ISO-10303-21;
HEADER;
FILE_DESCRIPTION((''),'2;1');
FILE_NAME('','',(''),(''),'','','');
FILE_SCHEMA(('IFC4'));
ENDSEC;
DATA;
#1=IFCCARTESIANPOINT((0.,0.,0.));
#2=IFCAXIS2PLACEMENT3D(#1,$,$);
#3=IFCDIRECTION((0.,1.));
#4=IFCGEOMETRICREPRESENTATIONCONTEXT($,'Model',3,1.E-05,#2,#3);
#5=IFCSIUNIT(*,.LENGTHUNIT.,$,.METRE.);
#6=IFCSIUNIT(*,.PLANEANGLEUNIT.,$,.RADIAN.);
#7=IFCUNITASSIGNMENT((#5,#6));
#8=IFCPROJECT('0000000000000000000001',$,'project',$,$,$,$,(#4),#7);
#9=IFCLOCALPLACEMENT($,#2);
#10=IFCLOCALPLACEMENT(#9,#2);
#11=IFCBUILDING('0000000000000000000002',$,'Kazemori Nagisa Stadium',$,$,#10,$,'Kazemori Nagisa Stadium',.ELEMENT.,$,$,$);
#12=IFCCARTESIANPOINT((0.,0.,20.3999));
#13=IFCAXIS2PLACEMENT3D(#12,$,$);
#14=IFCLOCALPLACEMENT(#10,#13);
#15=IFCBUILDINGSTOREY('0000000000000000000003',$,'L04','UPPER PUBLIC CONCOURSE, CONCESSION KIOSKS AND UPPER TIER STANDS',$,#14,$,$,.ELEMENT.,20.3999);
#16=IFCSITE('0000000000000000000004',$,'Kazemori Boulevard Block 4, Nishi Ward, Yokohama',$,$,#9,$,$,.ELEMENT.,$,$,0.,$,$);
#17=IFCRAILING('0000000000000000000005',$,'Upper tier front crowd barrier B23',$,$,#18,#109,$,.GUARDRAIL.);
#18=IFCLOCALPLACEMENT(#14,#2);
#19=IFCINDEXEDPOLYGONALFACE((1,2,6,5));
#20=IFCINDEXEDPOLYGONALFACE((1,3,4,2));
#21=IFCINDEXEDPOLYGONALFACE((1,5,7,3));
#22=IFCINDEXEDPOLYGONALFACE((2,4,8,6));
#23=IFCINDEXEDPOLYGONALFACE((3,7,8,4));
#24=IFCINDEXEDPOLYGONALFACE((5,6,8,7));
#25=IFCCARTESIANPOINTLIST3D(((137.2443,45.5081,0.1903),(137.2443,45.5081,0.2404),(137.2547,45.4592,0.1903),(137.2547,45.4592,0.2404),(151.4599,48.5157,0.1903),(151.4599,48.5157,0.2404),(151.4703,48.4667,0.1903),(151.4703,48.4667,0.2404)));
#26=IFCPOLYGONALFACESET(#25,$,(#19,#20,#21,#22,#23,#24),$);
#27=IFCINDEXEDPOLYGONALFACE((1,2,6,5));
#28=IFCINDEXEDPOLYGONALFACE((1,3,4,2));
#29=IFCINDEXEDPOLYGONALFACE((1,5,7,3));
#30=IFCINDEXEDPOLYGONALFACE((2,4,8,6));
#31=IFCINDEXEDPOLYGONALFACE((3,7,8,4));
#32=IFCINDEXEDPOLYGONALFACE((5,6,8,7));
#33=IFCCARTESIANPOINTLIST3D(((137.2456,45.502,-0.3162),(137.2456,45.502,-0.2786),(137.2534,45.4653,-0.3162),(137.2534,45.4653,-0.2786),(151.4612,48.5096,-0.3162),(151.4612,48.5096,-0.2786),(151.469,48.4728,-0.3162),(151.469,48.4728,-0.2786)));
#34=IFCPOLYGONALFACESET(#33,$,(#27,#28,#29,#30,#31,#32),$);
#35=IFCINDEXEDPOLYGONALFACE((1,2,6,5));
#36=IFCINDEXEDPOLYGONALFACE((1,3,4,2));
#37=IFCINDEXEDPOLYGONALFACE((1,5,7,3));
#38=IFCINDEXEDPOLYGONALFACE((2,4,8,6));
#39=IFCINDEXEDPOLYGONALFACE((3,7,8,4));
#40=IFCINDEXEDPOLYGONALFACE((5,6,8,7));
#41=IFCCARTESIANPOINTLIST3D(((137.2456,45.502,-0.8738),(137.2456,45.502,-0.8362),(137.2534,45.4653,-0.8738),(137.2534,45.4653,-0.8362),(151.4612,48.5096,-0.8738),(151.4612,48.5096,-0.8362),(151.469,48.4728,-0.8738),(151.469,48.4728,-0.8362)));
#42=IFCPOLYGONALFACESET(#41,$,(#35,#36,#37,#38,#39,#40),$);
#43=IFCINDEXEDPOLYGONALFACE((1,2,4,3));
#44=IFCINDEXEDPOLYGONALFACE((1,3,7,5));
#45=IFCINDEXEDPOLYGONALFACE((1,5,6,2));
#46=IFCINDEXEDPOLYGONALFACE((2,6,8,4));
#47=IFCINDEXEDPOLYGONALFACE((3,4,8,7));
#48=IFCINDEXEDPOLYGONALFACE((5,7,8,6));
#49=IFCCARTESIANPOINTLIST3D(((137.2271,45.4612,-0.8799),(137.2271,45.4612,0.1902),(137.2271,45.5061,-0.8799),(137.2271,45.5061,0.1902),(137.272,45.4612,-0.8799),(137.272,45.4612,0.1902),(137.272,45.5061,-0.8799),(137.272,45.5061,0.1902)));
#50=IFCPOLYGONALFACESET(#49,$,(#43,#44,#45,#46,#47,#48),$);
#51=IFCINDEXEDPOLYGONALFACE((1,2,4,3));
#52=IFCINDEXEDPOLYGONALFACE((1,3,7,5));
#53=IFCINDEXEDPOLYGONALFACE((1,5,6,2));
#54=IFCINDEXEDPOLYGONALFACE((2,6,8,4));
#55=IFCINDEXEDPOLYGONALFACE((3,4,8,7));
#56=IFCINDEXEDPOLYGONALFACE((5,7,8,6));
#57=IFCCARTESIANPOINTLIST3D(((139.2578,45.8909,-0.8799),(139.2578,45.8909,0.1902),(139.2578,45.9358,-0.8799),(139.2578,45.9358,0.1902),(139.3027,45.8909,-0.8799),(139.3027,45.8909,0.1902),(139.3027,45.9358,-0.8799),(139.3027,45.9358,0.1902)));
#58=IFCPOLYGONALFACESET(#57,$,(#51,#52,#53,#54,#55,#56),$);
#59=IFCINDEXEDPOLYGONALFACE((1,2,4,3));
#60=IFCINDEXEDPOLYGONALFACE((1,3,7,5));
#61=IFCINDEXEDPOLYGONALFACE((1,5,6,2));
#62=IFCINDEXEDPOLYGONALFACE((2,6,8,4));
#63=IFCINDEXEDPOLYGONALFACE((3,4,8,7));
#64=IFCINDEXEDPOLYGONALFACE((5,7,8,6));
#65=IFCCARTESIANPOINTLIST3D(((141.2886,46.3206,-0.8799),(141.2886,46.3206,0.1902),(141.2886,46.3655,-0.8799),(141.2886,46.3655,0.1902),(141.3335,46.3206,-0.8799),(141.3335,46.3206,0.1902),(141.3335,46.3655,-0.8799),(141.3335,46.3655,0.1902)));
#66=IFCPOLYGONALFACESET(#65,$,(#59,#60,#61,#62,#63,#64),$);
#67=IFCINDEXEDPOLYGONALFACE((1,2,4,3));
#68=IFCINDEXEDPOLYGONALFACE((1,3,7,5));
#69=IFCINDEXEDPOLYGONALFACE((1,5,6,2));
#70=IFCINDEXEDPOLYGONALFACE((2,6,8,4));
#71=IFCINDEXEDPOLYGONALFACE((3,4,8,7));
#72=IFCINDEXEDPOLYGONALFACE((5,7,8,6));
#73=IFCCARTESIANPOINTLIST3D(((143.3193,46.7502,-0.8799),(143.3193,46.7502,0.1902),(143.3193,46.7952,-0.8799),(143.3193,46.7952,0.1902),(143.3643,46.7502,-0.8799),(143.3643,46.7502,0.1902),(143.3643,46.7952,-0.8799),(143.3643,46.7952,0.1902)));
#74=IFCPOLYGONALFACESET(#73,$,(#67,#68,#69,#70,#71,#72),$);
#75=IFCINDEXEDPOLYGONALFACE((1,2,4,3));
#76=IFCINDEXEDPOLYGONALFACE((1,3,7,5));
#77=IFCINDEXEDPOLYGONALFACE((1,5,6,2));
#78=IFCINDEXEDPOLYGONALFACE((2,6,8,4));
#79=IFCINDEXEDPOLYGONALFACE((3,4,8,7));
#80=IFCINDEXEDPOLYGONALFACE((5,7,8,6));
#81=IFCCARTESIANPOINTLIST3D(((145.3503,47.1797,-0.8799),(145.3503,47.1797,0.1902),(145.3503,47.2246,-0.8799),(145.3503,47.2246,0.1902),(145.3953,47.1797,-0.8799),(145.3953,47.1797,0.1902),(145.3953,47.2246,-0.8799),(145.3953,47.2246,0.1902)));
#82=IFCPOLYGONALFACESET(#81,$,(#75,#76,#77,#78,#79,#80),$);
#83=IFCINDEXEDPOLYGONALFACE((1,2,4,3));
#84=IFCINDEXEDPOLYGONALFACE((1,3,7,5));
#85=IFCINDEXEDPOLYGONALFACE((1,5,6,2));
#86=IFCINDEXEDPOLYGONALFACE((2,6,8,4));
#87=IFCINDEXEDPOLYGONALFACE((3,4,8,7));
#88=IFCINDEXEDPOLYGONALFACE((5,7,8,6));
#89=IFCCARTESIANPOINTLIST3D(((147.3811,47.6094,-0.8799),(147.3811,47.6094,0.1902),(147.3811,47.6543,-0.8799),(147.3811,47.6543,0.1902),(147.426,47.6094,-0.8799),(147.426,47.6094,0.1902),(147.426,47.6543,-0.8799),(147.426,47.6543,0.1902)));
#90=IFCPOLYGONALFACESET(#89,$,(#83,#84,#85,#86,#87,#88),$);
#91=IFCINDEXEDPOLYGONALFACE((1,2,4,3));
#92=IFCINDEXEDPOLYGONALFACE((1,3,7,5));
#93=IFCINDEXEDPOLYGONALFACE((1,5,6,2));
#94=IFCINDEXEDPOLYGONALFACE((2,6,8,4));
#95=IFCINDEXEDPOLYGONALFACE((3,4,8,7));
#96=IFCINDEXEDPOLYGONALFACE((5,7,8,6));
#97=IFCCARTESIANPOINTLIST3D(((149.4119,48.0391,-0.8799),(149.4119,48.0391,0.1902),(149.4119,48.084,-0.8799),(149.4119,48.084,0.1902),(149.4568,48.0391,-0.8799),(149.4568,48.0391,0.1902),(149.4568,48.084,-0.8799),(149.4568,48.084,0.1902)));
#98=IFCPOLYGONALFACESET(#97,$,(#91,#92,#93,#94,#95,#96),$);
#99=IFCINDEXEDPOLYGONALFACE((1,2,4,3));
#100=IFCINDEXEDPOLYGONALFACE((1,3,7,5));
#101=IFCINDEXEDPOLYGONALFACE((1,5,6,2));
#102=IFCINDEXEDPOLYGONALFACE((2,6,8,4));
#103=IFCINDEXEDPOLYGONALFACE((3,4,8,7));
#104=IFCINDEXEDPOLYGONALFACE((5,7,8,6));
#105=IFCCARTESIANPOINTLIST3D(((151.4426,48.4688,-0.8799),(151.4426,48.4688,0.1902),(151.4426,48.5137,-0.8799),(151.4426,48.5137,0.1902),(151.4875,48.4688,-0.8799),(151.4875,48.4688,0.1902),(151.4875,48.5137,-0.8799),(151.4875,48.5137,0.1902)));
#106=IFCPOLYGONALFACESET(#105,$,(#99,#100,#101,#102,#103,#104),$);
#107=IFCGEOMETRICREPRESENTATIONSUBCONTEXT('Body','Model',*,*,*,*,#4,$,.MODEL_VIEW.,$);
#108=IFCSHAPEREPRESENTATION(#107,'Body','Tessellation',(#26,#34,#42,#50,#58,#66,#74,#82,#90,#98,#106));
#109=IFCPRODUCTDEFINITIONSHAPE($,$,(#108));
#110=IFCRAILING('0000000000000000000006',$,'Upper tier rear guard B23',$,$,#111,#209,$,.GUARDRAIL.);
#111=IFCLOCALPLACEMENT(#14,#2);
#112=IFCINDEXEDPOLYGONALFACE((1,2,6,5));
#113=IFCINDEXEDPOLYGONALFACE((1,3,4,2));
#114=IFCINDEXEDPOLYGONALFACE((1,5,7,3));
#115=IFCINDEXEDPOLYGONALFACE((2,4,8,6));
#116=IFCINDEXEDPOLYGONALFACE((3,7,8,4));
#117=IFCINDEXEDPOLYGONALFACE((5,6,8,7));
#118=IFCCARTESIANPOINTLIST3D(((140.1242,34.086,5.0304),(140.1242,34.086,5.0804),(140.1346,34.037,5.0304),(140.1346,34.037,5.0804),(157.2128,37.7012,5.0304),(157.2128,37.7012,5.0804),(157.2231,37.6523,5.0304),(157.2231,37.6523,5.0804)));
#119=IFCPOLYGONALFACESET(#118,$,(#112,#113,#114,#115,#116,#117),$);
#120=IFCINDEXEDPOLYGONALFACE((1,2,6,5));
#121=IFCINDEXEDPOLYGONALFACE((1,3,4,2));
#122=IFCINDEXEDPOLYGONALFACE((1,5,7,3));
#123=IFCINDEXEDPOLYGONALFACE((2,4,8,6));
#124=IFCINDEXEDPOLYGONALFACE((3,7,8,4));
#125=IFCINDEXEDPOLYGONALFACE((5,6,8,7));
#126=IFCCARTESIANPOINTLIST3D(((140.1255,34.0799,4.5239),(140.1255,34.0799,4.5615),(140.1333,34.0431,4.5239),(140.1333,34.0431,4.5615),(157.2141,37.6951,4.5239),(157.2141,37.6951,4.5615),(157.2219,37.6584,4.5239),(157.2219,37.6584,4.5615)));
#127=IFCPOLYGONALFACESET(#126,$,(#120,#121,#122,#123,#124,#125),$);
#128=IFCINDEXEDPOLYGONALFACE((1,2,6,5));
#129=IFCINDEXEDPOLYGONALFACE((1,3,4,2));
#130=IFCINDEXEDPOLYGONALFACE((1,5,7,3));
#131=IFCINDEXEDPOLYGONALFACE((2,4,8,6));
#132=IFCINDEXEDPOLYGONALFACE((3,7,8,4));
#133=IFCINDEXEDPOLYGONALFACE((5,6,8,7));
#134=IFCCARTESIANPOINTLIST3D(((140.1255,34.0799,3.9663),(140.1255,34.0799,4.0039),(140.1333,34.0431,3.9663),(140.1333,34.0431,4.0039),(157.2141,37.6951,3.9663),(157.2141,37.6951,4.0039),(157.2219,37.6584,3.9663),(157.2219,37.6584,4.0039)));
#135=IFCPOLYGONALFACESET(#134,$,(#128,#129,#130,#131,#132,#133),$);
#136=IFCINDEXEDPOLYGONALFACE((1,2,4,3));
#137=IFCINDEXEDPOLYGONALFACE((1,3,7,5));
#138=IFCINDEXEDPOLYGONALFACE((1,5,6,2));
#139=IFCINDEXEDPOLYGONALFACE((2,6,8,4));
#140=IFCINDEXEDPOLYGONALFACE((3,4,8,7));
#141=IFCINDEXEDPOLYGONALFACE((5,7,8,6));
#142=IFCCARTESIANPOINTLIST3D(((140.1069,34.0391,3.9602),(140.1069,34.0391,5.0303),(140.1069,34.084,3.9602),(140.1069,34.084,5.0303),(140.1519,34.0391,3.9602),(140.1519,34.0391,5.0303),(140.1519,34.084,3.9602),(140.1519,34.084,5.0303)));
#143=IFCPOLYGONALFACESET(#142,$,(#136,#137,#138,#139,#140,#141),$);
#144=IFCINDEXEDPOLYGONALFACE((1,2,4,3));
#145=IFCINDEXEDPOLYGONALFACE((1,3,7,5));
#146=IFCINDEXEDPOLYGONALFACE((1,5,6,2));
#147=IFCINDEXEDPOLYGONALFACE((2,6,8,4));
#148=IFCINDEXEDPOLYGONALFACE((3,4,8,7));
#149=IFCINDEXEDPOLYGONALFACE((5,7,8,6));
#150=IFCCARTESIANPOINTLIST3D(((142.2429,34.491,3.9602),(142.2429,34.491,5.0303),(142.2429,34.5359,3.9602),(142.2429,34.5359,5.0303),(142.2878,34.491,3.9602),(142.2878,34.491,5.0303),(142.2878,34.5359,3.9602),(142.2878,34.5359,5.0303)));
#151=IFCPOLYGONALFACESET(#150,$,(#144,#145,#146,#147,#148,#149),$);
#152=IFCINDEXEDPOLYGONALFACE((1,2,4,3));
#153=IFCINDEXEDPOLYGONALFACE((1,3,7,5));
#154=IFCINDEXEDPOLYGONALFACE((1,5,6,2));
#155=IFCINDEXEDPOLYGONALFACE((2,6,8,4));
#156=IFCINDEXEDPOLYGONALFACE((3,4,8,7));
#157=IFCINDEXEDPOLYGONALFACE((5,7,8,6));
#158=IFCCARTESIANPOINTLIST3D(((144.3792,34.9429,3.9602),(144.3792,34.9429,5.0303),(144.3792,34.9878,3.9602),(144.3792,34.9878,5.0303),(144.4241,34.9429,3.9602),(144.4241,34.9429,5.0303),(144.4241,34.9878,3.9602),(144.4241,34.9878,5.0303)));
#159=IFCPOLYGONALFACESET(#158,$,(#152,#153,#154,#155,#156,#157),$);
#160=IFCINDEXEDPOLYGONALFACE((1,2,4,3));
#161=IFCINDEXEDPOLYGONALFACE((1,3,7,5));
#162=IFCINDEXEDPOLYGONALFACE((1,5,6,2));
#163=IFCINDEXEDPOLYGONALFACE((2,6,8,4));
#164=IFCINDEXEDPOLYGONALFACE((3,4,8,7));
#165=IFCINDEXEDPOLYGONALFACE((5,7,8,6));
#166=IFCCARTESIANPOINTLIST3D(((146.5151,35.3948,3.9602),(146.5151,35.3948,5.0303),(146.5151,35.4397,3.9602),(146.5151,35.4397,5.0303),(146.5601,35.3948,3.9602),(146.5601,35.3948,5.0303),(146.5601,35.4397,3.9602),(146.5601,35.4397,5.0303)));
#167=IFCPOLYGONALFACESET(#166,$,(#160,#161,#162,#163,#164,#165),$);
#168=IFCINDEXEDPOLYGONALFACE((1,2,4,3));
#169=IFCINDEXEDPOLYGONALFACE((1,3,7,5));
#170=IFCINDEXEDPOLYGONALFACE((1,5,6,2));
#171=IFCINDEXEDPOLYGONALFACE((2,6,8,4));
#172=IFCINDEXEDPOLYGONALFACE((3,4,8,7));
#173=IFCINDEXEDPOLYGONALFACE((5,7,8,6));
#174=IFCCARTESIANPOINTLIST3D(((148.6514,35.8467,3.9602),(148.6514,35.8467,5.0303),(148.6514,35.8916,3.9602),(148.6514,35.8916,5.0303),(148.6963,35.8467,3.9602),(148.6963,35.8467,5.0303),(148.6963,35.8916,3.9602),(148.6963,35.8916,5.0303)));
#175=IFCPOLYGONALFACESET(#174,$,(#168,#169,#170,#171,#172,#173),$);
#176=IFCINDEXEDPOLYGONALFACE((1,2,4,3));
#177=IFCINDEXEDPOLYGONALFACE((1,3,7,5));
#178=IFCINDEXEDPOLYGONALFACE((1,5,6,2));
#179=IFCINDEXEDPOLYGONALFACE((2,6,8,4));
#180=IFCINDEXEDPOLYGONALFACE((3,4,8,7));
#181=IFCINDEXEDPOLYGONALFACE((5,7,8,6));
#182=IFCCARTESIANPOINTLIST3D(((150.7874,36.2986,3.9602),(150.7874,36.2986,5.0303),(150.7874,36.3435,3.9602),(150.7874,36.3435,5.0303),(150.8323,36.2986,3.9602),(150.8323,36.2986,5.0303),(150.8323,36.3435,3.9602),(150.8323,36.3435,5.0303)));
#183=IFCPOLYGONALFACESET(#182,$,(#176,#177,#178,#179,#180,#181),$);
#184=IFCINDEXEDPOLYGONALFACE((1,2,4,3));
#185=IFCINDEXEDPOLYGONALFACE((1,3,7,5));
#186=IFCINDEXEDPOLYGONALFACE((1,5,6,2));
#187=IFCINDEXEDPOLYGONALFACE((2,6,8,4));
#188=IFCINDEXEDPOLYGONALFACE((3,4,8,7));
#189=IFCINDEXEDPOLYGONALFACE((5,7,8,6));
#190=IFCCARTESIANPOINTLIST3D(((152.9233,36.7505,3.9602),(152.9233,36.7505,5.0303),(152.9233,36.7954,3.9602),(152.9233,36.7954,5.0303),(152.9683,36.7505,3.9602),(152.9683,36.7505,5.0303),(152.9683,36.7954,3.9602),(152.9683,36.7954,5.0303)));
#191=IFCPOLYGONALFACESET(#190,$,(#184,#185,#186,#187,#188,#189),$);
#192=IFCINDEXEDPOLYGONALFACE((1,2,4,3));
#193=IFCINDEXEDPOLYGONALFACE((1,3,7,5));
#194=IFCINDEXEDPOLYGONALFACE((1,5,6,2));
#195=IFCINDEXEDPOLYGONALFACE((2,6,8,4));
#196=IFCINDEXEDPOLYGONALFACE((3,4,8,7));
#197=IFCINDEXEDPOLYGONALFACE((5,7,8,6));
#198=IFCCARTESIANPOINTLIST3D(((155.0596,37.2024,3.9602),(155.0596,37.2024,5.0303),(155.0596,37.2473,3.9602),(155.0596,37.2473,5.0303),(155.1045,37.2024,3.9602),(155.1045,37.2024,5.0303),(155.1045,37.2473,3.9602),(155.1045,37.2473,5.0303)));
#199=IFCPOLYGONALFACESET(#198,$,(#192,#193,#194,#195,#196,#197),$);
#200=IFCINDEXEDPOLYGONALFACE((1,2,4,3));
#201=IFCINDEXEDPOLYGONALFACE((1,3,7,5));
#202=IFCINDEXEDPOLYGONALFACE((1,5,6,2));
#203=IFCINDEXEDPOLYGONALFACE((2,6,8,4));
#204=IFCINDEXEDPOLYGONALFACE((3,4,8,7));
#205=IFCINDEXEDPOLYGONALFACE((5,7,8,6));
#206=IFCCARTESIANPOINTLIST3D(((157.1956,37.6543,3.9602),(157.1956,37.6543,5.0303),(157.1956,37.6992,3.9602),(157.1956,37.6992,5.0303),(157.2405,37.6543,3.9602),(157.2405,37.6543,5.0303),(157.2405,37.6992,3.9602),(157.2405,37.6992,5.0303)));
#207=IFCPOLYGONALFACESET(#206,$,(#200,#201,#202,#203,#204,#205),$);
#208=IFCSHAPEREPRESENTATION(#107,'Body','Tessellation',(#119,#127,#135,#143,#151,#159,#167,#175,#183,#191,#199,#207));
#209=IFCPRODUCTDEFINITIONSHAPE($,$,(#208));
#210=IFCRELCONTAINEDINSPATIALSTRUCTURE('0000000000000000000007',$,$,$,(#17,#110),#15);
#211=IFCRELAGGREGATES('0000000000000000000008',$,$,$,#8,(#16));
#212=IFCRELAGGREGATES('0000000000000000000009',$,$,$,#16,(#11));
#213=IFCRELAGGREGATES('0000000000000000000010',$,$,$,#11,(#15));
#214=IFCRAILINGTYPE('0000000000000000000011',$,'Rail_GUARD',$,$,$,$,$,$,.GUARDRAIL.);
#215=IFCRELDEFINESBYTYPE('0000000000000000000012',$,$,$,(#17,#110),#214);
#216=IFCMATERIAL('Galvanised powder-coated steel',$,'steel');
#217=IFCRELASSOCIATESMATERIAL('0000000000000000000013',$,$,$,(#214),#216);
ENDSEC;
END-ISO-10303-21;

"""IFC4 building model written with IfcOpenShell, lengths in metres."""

from ifc_helpers import new_model, si_unit, direction, frame, origin, origin_2d, place, context, subcontext, project, spatial, rectangle, extrude, material, type_object, element, save


model = new_model("IFC4")

# Units and contexts
model_context = context("Model", 3, precision=1e-05, world=origin(), true_north=direction((0.0, 1.0)))
body_context = subcontext(model_context, "Body", "Model", "MODEL_VIEW")
ifc_project = project(units=[si_unit("LENGTHUNIT", "METRE"), si_unit("PLANEANGLEUNIT", "RADIAN")], contexts=[model_context])

# Site, building, storey
site_placement = place(None, origin())
site = spatial("IfcSite", under=ifc_project, at=site_placement, Name="Kazemori Boulevard Block 4, Nishi Ward, Yokohama", CompositionType="ELEMENT", RefElevation=0.0)
building_placement = place(site_placement, origin())
building = spatial("IfcBuilding", under=site, at=building_placement, Name="Kazemori Nagisa Stadium", LongName="Kazemori Nagisa Stadium", CompositionType="ELEMENT")
storey_placement = place(building_placement, frame((0.0, 0.0, 20.3999)))
storey = spatial("IfcBuildingStorey", under=building, at=storey_placement, Name="L04", Description="UPPER PUBLIC CONCOURSE, CONCESSION KIOSKS AND UPPER TIER STANDS", CompositionType="ELEMENT", Elevation=20.3999)

# Railings
ifc_material_1 = material(Name="Galvanised powder-coated steel", Category="steel")
railing_type_1 = type_object("IfcRailingType", Name="Rail_GUARD", PredefinedType="GUARDRAIL", material=ifc_material_1)
railing_1_placement = place(storey_placement, frame((137.2495, 45.4836, -0.8799)))
element("IfcRailing", 1, at=railing_1_placement, inside=storey, type_object=railing_type_1, Name="Upper tier front crowd barrier B23", PredefinedType="GUARDRAIL", context=body_context, shape_type="SweptSolid", body=[
    extrude(rectangle(XDim=0.05, YDim=0.05, at=origin_2d()), frame((0.0, 0.0, 1.0952), z_axis=(0.978344, 0.206987, 0.0), x_axis=(-0.206987, 0.978344, 0.0)), (0.0, 0.0, 1.0), 14.5303),
    extrude(rectangle(XDim=0.0376, YDim=0.0376, at=origin_2d()), frame((0.0, 0.0, 0.5825), z_axis=(0.978344, 0.206987, 0.0), x_axis=(-0.206987, 0.978344, 0.0)), (0.0, 0.0, 1.0), 14.5303),
    extrude(rectangle(XDim=0.0376, YDim=0.0376, at=origin_2d()), frame((0.0, 0.0, 0.0249), z_axis=(0.978344, 0.206987, 0.0), x_axis=(-0.206987, 0.978344, 0.0)), (0.0, 0.0, 1.0), 14.5303),
    extrude(rectangle(XDim=0.0449, YDim=0.0449, at=origin_2d()), origin(), (0.0, 0.0, 1.0), 1.0701),
    extrude(rectangle(XDim=0.0449, YDim=0.0449, at=origin_2d()), frame((2.0308, 0.4297, 0.0)), (0.0, 0.0, 1.0), 1.0701),
    extrude(rectangle(XDim=0.0449, YDim=0.0449, at=origin_2d()), frame((4.0615, 0.8594, 0.0)), (0.0, 0.0, 1.0), 1.0701),
    extrude(rectangle(XDim=0.0449, YDim=0.0449, at=origin_2d()), frame((6.0923, 1.2891, 0.0)), (0.0, 0.0, 1.0), 1.0701),
    extrude(rectangle(XDim=0.0449, YDim=0.0449, at=origin_2d()), frame((8.1233, 1.7185, 0.0)), (0.0, 0.0, 1.0), 1.0701),
    extrude(rectangle(XDim=0.0449, YDim=0.0449, at=origin_2d()), frame((10.1541, 2.1482, 0.0)), (0.0, 0.0, 1.0), 1.0701),
    extrude(rectangle(XDim=0.0449, YDim=0.0449, at=origin_2d()), frame((12.1848, 2.5779, 0.0)), (0.0, 0.0, 1.0), 1.0701),
    extrude(rectangle(XDim=0.0449, YDim=0.0449, at=origin_2d()), frame((14.2156, 3.0076, 0.0)), (0.0, 0.0, 1.0), 1.0701),
])
railing_2_placement = place(storey_placement, frame((140.1294, 34.0615, 3.9602)))
element("IfcRailing", 2, at=railing_2_placement, inside=storey, type_object=railing_type_1, Name="Upper tier rear guard B23", PredefinedType="GUARDRAIL", context=body_context, shape_type="SweptSolid", body=[
    extrude(rectangle(XDim=0.05, YDim=0.05, at=origin_2d()), frame((0.0, 0.0, 1.0952), z_axis=(0.978346, 0.206977, 0.0), x_axis=(-0.206977, 0.978346, 0.0)), (0.0, 0.0, 1.0), 17.4668),
    extrude(rectangle(XDim=0.0376, YDim=0.0376, at=origin_2d()), frame((0.0, 0.0, 0.5825), z_axis=(0.978346, 0.206977, 0.0), x_axis=(-0.206977, 0.978346, 0.0)), (0.0, 0.0, 1.0), 17.4668),
    extrude(rectangle(XDim=0.0376, YDim=0.0376, at=origin_2d()), frame((0.0, 0.0, 0.0249), z_axis=(0.978346, 0.206977, 0.0), x_axis=(-0.206977, 0.978346, 0.0)), (0.0, 0.0, 1.0), 17.4668),
    extrude(rectangle(XDim=0.0449, YDim=0.0449, at=origin_2d()), origin(), (0.0, 0.0, 1.0), 1.0701),
    extrude(rectangle(XDim=0.0449, YDim=0.0449, at=origin_2d()), frame((2.136, 0.4519, 0.0)), (0.0, 0.0, 1.0), 1.0701),
    extrude(rectangle(XDim=0.0449, YDim=0.0449, at=origin_2d()), frame((4.2722, 0.9038, 0.0)), (0.0, 0.0, 1.0), 1.0701),
    extrude(rectangle(XDim=0.0449, YDim=0.0449, at=origin_2d()), frame((6.4082, 1.3557, 0.0)), (0.0, 0.0, 1.0), 1.0701),
    extrude(rectangle(XDim=0.0449, YDim=0.0449, at=origin_2d()), frame((8.5444, 1.8076, 0.0)), (0.0, 0.0, 1.0), 1.0701),
    extrude(rectangle(XDim=0.0449, YDim=0.0449, at=origin_2d()), frame((10.6804, 2.2595, 0.0)), (0.0, 0.0, 1.0), 1.0701),
    extrude(rectangle(XDim=0.0449, YDim=0.0449, at=origin_2d()), frame((12.8164, 2.7114, 0.0)), (0.0, 0.0, 1.0), 1.0701),
    extrude(rectangle(XDim=0.0449, YDim=0.0449, at=origin_2d()), frame((14.9526, 3.1633, 0.0)), (0.0, 0.0, 1.0), 1.0701),
    extrude(rectangle(XDim=0.0449, YDim=0.0449, at=origin_2d()), frame((17.0886, 3.6152, 0.0)), (0.0, 0.0, 1.0), 1.0701),
])

save(model, "model.ifc")
